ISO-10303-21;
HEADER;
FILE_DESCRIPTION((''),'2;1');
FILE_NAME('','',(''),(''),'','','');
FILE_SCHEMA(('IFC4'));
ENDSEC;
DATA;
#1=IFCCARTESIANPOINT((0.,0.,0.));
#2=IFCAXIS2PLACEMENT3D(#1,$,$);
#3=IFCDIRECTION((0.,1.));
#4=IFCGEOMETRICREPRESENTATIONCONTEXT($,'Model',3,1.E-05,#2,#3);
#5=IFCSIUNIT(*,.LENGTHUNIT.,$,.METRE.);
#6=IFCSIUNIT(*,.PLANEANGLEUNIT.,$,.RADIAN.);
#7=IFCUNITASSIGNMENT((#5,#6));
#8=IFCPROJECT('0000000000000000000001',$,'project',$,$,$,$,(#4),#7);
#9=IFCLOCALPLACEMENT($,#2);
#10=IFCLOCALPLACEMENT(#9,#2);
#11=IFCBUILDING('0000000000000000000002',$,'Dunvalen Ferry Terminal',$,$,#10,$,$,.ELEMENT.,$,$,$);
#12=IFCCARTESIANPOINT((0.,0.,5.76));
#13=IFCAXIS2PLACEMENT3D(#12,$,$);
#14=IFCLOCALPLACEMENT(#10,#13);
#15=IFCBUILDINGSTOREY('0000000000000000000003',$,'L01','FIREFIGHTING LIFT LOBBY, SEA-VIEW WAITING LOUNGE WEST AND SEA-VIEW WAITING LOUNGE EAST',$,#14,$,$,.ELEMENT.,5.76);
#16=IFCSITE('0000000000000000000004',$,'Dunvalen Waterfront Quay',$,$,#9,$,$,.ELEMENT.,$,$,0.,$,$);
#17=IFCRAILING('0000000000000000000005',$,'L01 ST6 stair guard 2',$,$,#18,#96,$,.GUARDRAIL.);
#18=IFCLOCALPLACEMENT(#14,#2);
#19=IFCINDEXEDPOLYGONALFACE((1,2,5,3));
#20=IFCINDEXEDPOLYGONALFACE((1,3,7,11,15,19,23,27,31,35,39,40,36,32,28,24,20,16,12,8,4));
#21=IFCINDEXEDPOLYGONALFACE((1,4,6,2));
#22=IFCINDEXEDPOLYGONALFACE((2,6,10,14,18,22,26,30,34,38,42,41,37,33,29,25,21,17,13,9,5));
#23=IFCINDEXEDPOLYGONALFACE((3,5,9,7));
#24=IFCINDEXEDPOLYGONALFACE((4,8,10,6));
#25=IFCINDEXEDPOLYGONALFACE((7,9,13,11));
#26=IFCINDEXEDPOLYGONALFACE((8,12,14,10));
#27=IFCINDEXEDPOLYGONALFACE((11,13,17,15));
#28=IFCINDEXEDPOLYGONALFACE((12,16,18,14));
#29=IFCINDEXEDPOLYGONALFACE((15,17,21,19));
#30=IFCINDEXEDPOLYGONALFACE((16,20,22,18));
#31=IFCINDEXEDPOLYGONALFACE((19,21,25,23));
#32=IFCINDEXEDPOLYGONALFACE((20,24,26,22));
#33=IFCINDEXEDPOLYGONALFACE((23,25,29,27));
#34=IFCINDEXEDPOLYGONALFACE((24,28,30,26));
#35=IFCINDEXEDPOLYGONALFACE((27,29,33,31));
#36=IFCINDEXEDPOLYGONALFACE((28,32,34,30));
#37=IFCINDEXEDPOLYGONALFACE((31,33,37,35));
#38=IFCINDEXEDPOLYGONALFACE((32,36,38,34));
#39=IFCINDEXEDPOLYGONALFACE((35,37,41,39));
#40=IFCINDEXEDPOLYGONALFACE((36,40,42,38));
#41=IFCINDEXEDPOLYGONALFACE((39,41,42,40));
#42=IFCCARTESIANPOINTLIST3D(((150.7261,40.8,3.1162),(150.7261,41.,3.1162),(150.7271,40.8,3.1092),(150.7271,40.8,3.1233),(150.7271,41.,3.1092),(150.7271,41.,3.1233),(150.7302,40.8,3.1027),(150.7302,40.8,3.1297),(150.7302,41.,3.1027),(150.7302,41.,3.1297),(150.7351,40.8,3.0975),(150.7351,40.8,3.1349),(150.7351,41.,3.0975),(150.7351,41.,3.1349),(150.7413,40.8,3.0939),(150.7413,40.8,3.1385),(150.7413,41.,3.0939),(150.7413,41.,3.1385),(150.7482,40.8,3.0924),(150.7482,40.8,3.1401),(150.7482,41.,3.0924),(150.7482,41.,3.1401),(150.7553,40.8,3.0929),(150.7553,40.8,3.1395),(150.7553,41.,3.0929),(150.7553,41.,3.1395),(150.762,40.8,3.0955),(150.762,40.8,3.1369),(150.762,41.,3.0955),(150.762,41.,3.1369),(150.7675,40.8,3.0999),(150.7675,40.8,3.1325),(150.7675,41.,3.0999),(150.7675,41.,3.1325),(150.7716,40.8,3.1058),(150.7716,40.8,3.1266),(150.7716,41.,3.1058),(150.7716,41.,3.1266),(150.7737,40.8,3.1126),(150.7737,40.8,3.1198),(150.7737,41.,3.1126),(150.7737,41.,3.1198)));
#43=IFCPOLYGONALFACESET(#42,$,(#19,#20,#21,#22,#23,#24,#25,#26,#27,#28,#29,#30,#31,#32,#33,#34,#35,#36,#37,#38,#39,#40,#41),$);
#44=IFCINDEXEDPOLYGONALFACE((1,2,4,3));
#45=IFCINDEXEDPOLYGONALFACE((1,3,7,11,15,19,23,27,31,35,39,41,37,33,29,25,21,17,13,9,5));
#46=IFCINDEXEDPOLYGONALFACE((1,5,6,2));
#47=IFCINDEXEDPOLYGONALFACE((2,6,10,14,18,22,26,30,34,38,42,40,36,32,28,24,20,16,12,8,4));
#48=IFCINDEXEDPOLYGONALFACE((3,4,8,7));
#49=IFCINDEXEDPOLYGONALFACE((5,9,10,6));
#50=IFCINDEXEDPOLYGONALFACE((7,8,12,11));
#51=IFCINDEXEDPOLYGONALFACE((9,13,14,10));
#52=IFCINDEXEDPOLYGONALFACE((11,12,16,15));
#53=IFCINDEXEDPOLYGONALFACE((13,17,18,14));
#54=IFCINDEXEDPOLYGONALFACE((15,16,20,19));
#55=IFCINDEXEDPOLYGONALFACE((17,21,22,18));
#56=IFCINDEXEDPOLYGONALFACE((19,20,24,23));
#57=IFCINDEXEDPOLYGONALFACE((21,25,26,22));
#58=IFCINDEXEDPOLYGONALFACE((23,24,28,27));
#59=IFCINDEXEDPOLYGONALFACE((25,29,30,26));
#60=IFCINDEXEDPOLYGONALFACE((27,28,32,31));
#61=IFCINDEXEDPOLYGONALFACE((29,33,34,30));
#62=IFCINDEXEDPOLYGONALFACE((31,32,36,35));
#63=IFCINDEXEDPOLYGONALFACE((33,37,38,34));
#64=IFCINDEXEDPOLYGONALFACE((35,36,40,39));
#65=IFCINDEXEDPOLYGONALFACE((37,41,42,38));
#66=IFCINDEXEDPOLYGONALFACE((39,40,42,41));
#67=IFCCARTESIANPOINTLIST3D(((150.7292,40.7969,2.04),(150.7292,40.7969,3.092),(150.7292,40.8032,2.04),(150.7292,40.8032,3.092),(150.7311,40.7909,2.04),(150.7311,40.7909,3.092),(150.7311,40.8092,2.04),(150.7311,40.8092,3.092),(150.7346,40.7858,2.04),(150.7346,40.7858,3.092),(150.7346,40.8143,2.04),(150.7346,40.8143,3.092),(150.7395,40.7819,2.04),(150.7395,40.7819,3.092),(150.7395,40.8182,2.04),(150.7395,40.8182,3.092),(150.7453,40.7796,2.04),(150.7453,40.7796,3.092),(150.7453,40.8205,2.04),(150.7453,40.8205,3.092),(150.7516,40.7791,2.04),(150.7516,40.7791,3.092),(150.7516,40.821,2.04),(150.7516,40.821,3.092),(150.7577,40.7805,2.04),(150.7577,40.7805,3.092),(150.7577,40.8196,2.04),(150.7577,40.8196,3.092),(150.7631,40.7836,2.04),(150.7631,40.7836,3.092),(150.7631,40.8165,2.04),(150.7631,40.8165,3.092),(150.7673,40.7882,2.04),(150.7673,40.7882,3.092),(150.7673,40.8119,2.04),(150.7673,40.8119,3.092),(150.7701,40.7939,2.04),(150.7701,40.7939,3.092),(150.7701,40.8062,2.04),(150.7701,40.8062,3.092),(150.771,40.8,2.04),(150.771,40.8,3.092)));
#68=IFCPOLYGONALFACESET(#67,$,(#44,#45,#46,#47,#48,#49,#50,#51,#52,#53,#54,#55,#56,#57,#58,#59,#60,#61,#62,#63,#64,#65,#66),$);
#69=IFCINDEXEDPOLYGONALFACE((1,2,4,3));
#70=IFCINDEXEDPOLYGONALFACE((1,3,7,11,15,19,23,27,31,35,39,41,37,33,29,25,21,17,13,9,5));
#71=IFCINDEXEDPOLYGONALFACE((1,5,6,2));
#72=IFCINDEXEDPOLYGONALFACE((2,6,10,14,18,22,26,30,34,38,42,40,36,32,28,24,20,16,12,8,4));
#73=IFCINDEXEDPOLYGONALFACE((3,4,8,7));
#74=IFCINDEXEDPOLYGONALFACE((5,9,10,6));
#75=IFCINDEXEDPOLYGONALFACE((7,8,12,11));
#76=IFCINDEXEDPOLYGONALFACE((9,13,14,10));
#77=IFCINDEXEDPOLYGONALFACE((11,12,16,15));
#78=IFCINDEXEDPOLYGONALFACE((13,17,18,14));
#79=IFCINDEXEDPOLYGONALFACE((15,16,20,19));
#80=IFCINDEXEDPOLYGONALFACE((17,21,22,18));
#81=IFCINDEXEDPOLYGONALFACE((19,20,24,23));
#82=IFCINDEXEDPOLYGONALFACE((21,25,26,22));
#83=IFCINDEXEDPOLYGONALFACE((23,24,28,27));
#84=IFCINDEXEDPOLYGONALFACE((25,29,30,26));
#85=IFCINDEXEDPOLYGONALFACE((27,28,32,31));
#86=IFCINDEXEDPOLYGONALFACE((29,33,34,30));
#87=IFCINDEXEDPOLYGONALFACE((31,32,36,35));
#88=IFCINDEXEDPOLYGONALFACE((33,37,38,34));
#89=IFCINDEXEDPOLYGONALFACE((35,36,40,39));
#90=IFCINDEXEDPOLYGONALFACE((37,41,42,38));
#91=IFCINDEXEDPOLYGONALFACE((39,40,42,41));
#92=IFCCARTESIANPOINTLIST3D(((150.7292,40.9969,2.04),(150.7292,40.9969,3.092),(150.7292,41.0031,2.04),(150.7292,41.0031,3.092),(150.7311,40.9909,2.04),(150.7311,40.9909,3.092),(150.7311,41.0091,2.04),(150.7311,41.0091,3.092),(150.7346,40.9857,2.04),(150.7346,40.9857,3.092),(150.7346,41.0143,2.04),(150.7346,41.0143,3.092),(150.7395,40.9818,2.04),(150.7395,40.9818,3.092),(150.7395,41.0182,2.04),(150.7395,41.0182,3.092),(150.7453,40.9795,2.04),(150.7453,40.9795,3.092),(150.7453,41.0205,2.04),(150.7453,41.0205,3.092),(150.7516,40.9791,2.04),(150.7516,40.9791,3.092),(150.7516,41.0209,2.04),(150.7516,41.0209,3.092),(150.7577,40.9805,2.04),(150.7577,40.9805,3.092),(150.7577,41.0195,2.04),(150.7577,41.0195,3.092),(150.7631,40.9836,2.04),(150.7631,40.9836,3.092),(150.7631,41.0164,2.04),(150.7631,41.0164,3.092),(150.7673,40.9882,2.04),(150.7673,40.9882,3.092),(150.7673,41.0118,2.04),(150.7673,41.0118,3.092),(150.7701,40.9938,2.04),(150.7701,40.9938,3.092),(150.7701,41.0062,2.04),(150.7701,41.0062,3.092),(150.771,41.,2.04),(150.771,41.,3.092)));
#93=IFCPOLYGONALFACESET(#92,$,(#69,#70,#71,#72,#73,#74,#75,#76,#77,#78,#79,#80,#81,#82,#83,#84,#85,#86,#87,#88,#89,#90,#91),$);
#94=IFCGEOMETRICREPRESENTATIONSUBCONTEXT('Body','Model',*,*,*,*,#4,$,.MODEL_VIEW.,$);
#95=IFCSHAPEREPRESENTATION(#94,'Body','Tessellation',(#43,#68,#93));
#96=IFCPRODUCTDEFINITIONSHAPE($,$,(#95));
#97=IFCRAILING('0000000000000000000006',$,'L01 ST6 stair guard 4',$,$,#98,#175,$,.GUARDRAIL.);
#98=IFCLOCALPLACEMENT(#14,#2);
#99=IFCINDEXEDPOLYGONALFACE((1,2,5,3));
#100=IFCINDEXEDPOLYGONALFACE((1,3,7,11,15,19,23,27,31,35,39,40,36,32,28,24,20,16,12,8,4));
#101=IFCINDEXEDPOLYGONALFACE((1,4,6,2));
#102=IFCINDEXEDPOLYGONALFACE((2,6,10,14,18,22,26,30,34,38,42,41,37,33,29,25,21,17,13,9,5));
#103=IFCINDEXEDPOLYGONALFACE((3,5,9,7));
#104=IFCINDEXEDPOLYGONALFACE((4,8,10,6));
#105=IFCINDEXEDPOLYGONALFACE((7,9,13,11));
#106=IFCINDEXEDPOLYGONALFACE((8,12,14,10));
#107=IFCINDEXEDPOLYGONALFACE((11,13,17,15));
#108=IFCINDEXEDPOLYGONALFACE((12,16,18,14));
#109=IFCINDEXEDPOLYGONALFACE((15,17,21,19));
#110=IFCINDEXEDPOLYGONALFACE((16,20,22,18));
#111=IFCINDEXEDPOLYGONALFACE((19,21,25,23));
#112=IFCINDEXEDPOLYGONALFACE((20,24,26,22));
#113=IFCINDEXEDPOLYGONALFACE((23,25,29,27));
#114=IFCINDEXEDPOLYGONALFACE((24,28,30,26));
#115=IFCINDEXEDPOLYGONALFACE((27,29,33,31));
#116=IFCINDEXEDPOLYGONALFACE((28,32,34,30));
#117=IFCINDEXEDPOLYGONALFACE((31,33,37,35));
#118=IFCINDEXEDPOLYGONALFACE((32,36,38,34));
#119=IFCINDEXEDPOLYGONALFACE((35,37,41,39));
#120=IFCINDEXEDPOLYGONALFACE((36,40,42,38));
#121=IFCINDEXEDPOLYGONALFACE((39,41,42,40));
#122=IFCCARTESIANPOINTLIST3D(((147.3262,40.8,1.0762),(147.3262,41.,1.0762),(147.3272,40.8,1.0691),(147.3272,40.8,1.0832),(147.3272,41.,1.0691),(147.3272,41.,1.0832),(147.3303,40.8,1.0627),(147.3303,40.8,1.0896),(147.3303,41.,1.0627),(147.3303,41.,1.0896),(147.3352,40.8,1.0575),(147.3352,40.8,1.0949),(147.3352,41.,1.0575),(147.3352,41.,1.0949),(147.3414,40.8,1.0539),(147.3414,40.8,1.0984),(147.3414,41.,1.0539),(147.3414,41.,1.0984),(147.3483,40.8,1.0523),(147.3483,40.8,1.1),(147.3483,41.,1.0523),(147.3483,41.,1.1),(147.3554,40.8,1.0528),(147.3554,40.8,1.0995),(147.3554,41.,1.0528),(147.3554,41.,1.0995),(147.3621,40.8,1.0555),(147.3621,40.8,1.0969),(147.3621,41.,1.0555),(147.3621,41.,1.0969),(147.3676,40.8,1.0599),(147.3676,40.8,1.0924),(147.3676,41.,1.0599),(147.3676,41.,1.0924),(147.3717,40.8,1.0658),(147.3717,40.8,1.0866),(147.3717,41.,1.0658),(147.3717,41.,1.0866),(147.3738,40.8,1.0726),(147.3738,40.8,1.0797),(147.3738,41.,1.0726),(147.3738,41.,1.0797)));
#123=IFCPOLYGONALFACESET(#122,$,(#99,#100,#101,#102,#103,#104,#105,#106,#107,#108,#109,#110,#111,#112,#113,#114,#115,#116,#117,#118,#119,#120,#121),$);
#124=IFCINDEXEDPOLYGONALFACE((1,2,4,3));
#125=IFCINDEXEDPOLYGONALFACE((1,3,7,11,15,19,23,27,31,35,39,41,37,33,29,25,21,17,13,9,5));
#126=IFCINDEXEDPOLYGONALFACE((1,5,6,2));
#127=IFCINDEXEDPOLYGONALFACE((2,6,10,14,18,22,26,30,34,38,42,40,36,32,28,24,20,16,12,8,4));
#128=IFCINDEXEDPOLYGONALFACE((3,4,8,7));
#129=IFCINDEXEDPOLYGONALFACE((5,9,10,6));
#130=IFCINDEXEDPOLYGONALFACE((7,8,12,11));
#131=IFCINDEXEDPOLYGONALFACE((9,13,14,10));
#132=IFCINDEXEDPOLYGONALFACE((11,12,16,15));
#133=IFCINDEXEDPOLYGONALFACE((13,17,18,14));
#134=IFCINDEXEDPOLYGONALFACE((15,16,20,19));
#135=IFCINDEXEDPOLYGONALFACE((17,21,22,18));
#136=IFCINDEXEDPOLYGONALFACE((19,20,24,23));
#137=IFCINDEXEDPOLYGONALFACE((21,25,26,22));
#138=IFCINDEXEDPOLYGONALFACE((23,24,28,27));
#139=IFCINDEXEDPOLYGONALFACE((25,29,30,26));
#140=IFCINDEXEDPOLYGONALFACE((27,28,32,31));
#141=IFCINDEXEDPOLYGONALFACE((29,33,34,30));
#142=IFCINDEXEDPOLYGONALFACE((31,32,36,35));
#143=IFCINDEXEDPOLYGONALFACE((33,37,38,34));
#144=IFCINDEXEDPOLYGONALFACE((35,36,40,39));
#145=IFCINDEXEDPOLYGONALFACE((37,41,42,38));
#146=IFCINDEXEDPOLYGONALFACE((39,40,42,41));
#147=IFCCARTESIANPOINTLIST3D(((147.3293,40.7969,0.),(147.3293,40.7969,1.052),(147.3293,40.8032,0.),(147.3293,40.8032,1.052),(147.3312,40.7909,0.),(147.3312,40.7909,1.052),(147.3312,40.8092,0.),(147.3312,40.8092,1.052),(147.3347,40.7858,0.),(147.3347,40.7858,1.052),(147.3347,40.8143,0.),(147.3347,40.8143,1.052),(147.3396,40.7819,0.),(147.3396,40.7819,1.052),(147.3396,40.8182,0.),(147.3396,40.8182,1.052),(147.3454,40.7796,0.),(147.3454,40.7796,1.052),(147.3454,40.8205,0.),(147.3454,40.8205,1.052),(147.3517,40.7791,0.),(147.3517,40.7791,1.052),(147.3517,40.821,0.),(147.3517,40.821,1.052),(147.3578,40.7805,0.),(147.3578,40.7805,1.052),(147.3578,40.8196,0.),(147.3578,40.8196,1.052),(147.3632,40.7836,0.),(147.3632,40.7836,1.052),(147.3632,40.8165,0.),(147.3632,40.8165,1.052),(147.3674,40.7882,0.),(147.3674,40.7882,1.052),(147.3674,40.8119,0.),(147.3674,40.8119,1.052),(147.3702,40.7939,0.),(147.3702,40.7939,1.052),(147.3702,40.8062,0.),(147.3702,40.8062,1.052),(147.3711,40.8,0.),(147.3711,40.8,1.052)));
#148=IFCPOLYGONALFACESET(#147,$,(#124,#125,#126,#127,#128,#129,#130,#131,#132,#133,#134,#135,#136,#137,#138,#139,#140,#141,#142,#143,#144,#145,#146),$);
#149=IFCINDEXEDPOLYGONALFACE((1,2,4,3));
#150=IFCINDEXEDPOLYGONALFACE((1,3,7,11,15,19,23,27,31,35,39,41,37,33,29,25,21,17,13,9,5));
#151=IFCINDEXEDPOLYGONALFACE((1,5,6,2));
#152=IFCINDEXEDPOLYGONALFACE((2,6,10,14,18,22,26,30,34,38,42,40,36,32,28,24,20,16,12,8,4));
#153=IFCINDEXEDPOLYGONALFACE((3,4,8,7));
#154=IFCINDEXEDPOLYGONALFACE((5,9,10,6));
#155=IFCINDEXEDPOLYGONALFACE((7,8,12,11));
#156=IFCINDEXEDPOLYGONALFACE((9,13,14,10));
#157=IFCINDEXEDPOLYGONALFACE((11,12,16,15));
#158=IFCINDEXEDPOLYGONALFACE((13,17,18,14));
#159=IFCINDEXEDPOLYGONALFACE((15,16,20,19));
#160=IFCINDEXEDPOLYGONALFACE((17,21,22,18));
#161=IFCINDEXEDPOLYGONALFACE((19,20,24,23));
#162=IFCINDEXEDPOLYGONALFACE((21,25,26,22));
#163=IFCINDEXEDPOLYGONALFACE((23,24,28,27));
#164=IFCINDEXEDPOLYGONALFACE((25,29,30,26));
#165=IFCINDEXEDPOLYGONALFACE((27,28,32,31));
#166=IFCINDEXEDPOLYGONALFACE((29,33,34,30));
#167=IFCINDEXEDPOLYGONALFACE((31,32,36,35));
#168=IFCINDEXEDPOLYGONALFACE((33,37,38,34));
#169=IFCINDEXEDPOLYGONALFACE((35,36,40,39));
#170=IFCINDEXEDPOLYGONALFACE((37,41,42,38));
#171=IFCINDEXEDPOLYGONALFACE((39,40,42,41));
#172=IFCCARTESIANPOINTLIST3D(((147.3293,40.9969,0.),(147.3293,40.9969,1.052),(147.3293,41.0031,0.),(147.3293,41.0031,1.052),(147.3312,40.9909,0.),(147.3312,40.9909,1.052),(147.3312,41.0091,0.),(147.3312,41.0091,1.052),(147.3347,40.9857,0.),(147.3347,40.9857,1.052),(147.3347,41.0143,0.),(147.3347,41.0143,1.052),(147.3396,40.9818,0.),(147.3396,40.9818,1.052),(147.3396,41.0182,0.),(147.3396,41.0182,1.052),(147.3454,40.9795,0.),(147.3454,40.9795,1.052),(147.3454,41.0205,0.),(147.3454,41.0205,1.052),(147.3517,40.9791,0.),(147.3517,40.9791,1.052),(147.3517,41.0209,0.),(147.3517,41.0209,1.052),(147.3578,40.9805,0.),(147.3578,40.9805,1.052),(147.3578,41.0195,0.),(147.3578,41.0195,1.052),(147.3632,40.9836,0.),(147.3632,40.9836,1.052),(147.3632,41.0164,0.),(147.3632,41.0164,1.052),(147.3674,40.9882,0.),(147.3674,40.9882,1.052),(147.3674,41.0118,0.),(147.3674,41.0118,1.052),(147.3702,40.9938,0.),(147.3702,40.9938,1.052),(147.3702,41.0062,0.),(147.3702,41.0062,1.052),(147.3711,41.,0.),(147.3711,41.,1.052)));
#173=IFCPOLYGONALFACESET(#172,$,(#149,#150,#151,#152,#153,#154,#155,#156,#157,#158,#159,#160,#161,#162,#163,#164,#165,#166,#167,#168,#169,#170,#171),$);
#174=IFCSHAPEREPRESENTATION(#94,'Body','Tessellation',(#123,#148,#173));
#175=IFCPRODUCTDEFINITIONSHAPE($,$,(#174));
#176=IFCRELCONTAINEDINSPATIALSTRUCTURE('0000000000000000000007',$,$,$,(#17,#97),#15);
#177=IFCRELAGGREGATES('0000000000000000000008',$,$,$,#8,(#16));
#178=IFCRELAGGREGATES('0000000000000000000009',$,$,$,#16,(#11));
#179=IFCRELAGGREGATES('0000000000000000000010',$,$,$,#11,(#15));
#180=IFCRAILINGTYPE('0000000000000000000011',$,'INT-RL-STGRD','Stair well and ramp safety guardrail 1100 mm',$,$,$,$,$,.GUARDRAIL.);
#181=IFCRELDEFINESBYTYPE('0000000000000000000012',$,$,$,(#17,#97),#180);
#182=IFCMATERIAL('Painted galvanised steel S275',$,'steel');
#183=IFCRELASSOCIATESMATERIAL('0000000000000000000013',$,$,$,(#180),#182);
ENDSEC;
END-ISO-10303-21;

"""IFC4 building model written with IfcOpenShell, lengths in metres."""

from ifc_helpers import new_model, si_unit, direction, frame, origin, origin_2d, place, context, subcontext, project, spatial, circle, extrude, material, type_object, element, save


model = new_model("IFC4")

# Units and contexts
model_context = context("Model", 3, precision=1e-05, world=origin(), true_north=direction((0.0, 1.0)))
body_context = subcontext(model_context, "Body", "Model", "MODEL_VIEW")
ifc_project = project(units=[si_unit("LENGTHUNIT", "METRE"), si_unit("PLANEANGLEUNIT", "RADIAN")], contexts=[model_context])

# Site, building, storey
site_placement = place(None, origin())
site = spatial("IfcSite", under=ifc_project, at=site_placement, Name="Dunvalen Waterfront Quay", CompositionType="ELEMENT", RefElevation=0.0)
building_placement = place(site_placement, origin())
building = spatial("IfcBuilding", under=site, at=building_placement, Name="Dunvalen Ferry Terminal", CompositionType="ELEMENT")
storey_placement = place(building_placement, frame((0.0, 0.0, 5.76)))
storey = spatial("IfcBuildingStorey", under=building, at=storey_placement, Name="L01", Description="FIREFIGHTING LIFT LOBBY, SEA-VIEW WAITING LOUNGE WEST AND SEA-VIEW WAITING LOUNGE EAST", CompositionType="ELEMENT", Elevation=5.76)

# Railings
ifc_material_1 = material(Name="Painted galvanised steel S275", Category="steel")
railing_type_1 = type_object("IfcRailingType", Name="INT-RL-STGRD", Description="Stair well and ramp safety guardrail 1100 mm", PredefinedType="GUARDRAIL", material=ifc_material_1)
for number, where, name in (
    (1, (150.75, 40.8, 2.04), "L01 ST6 stair guard 2"),
    (2, (147.3501, 40.8, 0.0), "L01 ST6 stair guard 4"),
):
    element("IfcRailing", number, at=place(storey_placement, frame(where)), inside=storey, type_object=railing_type_1, Name=name, PredefinedType="GUARDRAIL", context=body_context, shape_type="SweptSolid", body=[
        extrude(circle(Radius=0.0239, at=origin_2d()), frame((0.0, 0.0, 1.0762), z_axis=(0.0, 1.0, 0.0), x_axis=(-1.0, 0.0, 0.0)), (0.0, 0.0, 1.0), 0.2),
        extrude(circle(Radius=0.021, at=origin_2d()), origin(), (0.0, 0.0, 1.0), 1.052),
        extrude(circle(Radius=0.021, at=origin_2d()), frame((0.0, 0.2, 0.0)), (0.0, 0.0, 1.0), 1.052),
    ])

save(model, "model.ifc")
